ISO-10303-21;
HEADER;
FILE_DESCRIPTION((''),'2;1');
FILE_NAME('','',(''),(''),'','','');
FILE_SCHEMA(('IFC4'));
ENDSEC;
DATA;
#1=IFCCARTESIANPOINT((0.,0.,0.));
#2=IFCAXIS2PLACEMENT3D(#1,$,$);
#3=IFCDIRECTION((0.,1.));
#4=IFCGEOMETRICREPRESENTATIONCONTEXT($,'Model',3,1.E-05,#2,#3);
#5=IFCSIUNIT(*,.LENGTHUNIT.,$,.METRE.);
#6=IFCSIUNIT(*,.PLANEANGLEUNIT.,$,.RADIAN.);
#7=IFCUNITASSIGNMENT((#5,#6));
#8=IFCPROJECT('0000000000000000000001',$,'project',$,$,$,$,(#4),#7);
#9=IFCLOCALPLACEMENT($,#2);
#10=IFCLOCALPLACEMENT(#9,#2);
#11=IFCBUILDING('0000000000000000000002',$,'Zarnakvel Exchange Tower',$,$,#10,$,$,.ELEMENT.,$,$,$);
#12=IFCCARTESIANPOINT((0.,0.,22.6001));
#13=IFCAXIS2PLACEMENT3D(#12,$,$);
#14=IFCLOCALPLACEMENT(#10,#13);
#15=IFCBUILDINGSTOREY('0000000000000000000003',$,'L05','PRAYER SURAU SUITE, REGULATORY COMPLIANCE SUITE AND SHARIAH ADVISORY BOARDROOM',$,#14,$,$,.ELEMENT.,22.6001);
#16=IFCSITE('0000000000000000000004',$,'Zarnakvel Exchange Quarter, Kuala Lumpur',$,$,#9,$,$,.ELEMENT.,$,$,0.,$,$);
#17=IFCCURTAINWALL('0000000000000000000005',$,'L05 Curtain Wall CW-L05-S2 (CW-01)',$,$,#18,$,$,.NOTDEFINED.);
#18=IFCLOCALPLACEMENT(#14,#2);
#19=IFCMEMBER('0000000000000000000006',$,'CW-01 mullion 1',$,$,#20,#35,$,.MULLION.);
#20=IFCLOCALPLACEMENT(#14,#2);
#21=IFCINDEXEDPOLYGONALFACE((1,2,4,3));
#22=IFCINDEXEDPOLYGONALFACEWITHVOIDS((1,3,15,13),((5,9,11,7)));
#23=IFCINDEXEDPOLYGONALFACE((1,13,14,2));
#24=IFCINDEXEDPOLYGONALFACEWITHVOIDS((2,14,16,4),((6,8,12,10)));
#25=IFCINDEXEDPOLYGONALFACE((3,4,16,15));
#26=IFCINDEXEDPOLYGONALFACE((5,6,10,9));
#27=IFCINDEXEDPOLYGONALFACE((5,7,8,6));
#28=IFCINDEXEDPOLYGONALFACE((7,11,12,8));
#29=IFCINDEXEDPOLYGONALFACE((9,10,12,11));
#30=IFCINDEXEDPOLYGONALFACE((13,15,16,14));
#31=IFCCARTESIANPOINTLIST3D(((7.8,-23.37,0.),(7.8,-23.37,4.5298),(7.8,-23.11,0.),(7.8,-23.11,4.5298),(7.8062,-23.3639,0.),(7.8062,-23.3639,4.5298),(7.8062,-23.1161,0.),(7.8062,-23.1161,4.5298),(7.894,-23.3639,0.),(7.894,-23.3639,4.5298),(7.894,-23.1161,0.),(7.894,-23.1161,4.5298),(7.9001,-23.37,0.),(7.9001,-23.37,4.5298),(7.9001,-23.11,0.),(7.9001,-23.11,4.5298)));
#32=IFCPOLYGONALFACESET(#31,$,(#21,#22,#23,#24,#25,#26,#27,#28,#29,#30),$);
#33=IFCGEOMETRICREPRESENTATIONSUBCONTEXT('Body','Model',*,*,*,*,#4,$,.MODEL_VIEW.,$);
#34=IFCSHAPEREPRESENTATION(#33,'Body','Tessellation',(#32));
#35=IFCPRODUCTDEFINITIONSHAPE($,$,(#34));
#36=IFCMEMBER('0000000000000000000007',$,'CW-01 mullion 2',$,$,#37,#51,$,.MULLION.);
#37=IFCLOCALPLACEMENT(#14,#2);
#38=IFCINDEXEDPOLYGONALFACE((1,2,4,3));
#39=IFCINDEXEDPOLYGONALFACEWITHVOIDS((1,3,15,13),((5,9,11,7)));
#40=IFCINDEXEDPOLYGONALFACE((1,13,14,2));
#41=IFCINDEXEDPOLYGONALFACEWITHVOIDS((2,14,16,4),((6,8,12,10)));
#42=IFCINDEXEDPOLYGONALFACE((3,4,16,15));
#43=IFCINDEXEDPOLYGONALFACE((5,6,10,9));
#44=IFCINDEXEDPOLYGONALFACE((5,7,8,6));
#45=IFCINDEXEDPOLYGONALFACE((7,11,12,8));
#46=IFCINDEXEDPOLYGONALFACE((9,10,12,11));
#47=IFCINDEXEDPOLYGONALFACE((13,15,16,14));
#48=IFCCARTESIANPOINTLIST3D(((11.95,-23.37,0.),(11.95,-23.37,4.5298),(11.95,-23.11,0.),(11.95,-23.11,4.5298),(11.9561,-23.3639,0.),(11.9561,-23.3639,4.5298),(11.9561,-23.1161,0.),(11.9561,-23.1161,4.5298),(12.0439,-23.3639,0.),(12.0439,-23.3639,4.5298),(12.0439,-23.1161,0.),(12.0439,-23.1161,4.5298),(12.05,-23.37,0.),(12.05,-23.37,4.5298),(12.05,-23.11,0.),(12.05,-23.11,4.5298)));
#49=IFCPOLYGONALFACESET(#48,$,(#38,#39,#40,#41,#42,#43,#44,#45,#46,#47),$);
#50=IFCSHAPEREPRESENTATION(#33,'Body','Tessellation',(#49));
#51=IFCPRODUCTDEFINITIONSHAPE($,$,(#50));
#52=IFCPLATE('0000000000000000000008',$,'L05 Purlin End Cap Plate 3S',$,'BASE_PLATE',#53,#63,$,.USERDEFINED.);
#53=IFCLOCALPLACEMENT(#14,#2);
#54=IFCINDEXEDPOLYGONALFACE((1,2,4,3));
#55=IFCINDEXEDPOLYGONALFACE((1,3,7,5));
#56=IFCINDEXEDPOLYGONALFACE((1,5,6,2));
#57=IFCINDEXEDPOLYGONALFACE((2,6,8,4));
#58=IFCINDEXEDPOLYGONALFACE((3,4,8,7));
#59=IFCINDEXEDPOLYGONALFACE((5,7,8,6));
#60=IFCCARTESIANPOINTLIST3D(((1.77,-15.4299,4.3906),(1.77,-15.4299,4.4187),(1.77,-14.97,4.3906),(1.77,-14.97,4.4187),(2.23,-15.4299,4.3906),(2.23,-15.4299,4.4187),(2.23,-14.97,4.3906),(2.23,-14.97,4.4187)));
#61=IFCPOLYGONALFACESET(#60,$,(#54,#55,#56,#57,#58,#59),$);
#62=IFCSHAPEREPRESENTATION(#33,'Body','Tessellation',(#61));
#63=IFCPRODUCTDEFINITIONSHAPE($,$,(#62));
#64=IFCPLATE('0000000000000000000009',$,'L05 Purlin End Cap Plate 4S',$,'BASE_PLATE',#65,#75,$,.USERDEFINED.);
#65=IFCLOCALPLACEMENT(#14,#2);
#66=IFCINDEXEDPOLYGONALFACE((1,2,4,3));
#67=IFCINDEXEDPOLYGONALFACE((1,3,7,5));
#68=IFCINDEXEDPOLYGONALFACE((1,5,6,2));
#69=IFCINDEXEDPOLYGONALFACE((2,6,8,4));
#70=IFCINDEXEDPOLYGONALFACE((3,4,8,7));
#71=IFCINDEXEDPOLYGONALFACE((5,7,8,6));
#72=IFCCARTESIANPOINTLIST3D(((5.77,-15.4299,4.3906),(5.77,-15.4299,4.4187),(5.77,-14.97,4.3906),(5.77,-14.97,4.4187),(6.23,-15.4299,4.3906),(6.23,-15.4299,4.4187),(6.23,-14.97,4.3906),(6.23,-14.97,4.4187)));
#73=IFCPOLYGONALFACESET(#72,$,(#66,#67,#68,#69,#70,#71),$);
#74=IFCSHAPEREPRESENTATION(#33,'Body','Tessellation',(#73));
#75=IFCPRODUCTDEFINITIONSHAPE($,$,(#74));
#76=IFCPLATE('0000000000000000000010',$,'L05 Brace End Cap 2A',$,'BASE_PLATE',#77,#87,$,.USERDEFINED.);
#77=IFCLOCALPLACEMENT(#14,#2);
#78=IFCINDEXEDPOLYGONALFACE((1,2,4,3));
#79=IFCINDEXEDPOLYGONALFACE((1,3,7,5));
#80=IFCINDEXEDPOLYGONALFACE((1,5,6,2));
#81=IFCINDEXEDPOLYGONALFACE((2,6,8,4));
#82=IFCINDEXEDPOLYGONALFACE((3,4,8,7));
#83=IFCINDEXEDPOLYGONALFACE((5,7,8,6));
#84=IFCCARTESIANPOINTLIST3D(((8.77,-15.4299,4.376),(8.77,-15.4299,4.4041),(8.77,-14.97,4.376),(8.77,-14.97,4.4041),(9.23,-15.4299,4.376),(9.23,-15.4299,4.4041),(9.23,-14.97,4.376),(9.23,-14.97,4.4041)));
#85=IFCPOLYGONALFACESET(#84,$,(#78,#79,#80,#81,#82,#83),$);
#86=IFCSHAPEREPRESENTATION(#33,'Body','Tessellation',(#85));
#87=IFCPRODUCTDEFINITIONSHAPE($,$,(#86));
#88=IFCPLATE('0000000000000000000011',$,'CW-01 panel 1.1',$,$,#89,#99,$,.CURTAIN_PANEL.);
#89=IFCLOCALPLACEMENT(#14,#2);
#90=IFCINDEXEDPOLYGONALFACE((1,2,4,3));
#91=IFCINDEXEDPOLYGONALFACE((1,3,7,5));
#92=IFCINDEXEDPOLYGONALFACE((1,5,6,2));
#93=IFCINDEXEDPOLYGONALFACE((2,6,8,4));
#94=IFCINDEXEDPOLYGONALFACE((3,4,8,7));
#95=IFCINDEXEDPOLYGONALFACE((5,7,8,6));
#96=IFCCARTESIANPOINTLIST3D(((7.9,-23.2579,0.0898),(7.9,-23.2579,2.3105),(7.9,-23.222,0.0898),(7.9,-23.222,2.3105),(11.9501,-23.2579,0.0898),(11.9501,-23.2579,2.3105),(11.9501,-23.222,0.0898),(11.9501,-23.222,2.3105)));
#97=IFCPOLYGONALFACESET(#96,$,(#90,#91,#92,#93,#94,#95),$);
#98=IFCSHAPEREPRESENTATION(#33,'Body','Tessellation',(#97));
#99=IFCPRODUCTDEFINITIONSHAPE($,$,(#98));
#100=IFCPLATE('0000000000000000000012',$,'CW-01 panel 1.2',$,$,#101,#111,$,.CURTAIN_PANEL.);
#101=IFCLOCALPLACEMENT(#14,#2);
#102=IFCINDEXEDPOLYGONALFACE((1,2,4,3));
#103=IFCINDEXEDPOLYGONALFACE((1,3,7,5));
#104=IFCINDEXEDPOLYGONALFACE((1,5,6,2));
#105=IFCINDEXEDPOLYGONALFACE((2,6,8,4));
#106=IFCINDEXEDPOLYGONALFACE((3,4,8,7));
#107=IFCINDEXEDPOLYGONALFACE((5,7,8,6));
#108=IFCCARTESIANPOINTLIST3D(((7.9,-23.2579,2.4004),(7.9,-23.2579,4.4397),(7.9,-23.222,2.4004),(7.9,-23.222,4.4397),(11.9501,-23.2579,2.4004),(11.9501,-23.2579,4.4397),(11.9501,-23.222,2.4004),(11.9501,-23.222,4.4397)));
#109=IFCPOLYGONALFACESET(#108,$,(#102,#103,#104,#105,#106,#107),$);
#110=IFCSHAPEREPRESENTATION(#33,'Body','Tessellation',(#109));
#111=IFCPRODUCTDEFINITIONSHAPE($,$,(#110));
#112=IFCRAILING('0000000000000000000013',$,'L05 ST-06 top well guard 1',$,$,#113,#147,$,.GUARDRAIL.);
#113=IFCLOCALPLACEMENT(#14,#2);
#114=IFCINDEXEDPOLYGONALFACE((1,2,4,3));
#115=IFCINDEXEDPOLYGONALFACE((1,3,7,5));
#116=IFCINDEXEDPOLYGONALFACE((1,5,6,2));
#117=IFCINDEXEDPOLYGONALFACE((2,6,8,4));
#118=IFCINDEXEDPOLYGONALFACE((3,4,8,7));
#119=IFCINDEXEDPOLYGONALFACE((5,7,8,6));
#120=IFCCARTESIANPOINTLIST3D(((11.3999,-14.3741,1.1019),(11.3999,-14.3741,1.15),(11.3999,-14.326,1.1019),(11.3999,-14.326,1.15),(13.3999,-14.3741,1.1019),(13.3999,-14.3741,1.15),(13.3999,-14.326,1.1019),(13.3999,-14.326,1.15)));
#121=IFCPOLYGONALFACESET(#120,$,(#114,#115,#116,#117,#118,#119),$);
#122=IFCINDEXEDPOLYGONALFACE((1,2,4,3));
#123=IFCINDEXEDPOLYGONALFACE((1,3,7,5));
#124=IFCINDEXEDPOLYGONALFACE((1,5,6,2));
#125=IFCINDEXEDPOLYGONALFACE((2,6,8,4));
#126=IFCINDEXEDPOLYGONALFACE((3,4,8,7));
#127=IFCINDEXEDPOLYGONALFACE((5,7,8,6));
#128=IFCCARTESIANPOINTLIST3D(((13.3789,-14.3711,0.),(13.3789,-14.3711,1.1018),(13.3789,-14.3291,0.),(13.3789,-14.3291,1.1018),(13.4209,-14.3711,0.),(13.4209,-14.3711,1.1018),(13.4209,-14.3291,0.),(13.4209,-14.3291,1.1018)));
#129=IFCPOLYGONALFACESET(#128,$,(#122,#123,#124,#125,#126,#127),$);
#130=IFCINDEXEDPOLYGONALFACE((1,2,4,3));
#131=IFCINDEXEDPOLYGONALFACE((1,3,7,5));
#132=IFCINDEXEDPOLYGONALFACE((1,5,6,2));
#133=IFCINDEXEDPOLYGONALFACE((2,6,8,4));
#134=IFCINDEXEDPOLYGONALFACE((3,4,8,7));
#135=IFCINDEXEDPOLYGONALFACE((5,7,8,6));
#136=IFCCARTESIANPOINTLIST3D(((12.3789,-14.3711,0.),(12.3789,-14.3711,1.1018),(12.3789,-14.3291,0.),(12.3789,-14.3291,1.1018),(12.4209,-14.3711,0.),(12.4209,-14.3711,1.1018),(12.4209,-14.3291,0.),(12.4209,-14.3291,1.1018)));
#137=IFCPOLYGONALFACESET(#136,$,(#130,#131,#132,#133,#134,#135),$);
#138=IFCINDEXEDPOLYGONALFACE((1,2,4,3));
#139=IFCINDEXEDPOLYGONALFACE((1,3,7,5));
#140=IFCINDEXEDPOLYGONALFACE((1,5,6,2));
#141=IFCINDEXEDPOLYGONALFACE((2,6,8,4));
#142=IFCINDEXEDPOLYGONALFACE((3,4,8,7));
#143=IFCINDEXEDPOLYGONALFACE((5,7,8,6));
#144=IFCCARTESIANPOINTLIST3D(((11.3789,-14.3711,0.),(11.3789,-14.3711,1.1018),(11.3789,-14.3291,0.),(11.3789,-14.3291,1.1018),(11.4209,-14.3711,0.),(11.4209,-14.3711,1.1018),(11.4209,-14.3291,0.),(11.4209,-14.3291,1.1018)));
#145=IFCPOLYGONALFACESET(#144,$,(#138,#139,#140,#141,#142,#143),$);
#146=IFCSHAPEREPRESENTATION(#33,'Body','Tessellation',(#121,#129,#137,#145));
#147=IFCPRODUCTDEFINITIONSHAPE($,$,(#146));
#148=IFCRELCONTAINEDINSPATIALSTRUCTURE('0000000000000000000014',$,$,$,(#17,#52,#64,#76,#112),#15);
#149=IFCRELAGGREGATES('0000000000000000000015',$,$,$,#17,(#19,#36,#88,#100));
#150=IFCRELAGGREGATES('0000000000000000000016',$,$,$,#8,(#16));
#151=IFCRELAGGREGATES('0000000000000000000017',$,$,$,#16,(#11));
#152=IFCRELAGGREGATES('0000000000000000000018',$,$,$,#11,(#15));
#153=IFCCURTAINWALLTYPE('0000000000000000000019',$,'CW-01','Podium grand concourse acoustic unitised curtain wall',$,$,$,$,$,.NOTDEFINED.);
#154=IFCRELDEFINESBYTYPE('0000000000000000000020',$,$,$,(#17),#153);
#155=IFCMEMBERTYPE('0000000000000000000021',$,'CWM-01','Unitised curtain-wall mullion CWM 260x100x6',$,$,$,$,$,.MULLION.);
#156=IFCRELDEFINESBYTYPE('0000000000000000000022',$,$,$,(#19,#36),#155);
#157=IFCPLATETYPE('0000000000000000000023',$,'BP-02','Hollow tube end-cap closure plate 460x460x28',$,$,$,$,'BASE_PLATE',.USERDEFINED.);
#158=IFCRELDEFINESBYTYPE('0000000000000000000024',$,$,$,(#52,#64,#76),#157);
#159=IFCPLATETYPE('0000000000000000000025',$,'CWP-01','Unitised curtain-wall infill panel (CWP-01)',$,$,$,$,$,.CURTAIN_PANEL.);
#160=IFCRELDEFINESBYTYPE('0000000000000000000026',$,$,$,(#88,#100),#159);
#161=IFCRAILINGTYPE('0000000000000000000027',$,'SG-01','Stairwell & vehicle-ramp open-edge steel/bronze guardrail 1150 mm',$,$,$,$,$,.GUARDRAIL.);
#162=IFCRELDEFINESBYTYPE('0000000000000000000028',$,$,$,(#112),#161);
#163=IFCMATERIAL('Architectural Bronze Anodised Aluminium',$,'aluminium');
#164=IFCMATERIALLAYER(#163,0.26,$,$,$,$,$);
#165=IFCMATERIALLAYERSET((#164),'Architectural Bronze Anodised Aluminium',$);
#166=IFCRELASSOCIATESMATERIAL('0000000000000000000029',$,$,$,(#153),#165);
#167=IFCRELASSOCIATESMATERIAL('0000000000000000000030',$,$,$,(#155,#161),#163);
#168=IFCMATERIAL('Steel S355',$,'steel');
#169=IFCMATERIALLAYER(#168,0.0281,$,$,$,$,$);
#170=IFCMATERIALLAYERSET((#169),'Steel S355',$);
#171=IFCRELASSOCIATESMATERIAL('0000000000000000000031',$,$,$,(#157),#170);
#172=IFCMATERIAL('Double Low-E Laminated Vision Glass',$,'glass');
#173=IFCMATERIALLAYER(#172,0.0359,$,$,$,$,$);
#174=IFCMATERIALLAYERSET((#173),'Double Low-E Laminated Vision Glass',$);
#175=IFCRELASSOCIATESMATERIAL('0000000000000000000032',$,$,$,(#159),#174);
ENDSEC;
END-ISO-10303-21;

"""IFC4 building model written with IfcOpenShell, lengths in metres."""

from ifc_helpers import new_model, si_unit, direction, frame, origin, origin_2d, place, context, subcontext, project, spatial, rectangle, hollow_rectangle, extrude, source, transform, mapped, material, layer, layer_set, material_profile, profile_set, type_object, element, aggregate, save


model = new_model("IFC4")

# Units and contexts
model_context = context("Model", 3, precision=1e-05, world=origin(), true_north=direction((0.0, 1.0)))
body_context = subcontext(model_context, "Body", "Model", "MODEL_VIEW")
ifc_project = project(units=[si_unit("LENGTHUNIT", "METRE"), si_unit("PLANEANGLEUNIT", "RADIAN")], contexts=[model_context])

# Site, building, storey
site_placement = place(None, origin())
site = spatial("IfcSite", under=ifc_project, at=site_placement, Name="Zarnakvel Exchange Quarter, Kuala Lumpur", CompositionType="ELEMENT", RefElevation=0.0)
building_placement = place(site_placement, origin())
building = spatial("IfcBuilding", under=site, at=building_placement, Name="Zarnakvel Exchange Tower", CompositionType="ELEMENT")
storey_placement = place(building_placement, frame((0.0, 0.0, 22.6001)))
storey = spatial("IfcBuildingStorey", under=building, at=storey_placement, Name="L05", Description="PRAYER SURAU SUITE, REGULATORY COMPLIANCE SUITE AND SHARIAH ADVISORY BOARDROOM", CompositionType="ELEMENT", Elevation=22.6001)

# Shared definitions
ifc_material_1 = material(Name="Steel S355", Category="steel")

# Curtain wall, members
ifc_material_2 = material(Name="Architectural Bronze Anodised Aluminium", Category="aluminium")
ifc_layer_1 = layer(ifc_material_2, 0.26)
ifc_layer_set_1 = layer_set([ifc_layer_1], Name="Architectural Bronze Anodised Aluminium")
curtain_wall_type = type_object("IfcCurtainWallType", Name="CW-01", Description="Podium grand concourse acoustic unitised curtain wall", PredefinedType="NOTDEFINED", material=ifc_layer_set_1)
curtain_wall_placement = place(storey_placement, origin())
curtain_wall = element("IfcCurtainWall", 1, at=curtain_wall_placement, inside=storey, type_object=curtain_wall_type, Name="L05 Curtain Wall CW-L05-S2 (CW-01)", PredefinedType="NOTDEFINED")
ifc_material_profile_1 = material_profile(ifc_material_2, hollow_rectangle(XDim=0.26, YDim=0.1001, WallThickness=0.0061, at=origin_2d()))
ifc_profile_set_1 = profile_set([ifc_material_profile_1], Name="Architectural Bronze Anodised Aluminium")
member_type_1 = type_object("IfcMemberType", Name="CWM-01", Description="Unitised curtain-wall mullion CWM 260x100x6", PredefinedType="MULLION", material=ifc_profile_set_1)
shared_shape_1 = source(origin(), body_context, "Body", "SweptSolid", [
    extrude(hollow_rectangle(XDim=0.26, YDim=0.1001, WallThickness=0.0061, at=origin_2d()), origin(), (0.0, 0.0, 1.0), 4.5298),
])
member_1_placement = place(storey_placement, frame((7.8501, -23.24, 0.0), z_axis=(0.0, 0.0, 1.0), x_axis=(0.0, 1.0, 0.0)))
member_1 = element("IfcMember", 2, at=member_1_placement, type_object=member_type_1, Name="CW-01 mullion 1", PredefinedType="MULLION", context=body_context, shape_type="MappedRepresentation", body=[
    mapped(shared_shape_1, transform((0.0, 0.0, 0.0), x_axis=(1.0, 0.0, 0.0), y_axis=(0.0, 1.0, 0.0), z_axis=(0.0, 0.0, 1.0), scale=1.0)),
])
member_2_placement = place(storey_placement, frame((12.0, -23.24, 0.0), z_axis=(0.0, 0.0, 1.0), x_axis=(0.0, 1.0, 0.0)))
member_2 = element("IfcMember", 3, at=member_2_placement, type_object=member_type_1, Name="CW-01 mullion 2", PredefinedType="MULLION", context=body_context, shape_type="MappedRepresentation", body=[
    mapped(shared_shape_1, transform((0.0, 0.0, 0.0), x_axis=(1.0, 0.0, 0.0), y_axis=(0.0, 1.0, 0.0), z_axis=(0.0, 0.0, 1.0), scale=1.0)),
])

# Plates
ifc_layer_2 = layer(ifc_material_1, 0.0281)
ifc_layer_set_2 = layer_set([ifc_layer_2], Name="Steel S355")
plate_type_1 = type_object("IfcPlateType", Name="BP-02", Description="Hollow tube end-cap closure plate 460x460x28", ElementType="BASE_PLATE", PredefinedType="USERDEFINED", material=ifc_layer_set_2)
shared_shape_2 = source(origin(), body_context, "Body", "SweptSolid", [
    extrude(rectangle(XDim=0.46, YDim=0.46, at=origin_2d()), origin(), (0.0, 0.0, 1.0), 0.0281),
])
for number, where, z_axis, x_axis, name in (
    (4, (2.0, -15.2, 4.3906), (0.0, 0.0, 1.0), (1.0, 0.0, 0.0), "L05 Purlin End Cap Plate 3S"),
    (5, (6.0, -15.2, 4.3906), (0.0, 0.0, 1.0), (1.0, 0.0, 0.0), "L05 Purlin End Cap Plate 4S"),
    (6, (9.0, -15.2, 4.376), (0.0, 0.0, 1.0), (1.0, 0.0, 0.0), "L05 Brace End Cap 2A"),
):
    element("IfcPlate", number, at=place(storey_placement, frame(where, z_axis=z_axis, x_axis=x_axis)), inside=storey, type_object=plate_type_1, Name=name, ObjectType="BASE_PLATE", PredefinedType="USERDEFINED", context=body_context, shape_type="MappedRepresentation", body=[
        mapped(shared_shape_2, transform((0.0, 0.0, 0.0), x_axis=(1.0, 0.0, 0.0), y_axis=(0.0, 1.0, 0.0), z_axis=(0.0, 0.0, 1.0), scale=1.0)),
    ])

# Plates
ifc_material_3 = material(Name="Double Low-E Laminated Vision Glass", Category="glass")
ifc_layer_3 = layer(ifc_material_3, 0.0359)
ifc_layer_set_3 = layer_set([ifc_layer_3], Name="Double Low-E Laminated Vision Glass")
plate_type_2 = type_object("IfcPlateType", Name="CWP-01", Description="Unitised curtain-wall infill panel (CWP-01)", PredefinedType="CURTAIN_PANEL", material=ifc_layer_set_3)
shared_shape_3 = source(origin(), body_context, "Body", "SweptSolid", [
    extrude(rectangle(XDim=4.05, YDim=0.0359, at=origin_2d()), origin(), (0.0, 0.0, 1.0), 2.2207),
])
plate_1_placement = place(storey_placement, frame((9.925, -23.24, 0.0898), z_axis=(0.0, 0.0, 1.0), x_axis=(1.0, 0.0, 0.0)))
plate_1 = element("IfcPlate", 7, at=plate_1_placement, type_object=plate_type_2, Name="CW-01 panel 1.1", PredefinedType="CURTAIN_PANEL", context=body_context, shape_type="MappedRepresentation", body=[
    mapped(shared_shape_3, transform((0.0, 0.0, 0.0), x_axis=(1.0, 0.0, 0.0), y_axis=(0.0, 1.0, 0.0), z_axis=(0.0, 0.0, 1.0), scale=1.0)),
])
shared_shape_4 = source(origin(), body_context, "Body", "SweptSolid", [
    extrude(rectangle(XDim=4.05, YDim=0.0359, at=origin_2d()), origin(), (0.0, 0.0, 1.0), 2.0393),
])
plate_2_placement = place(storey_placement, frame((9.925, -23.24, 2.4004), z_axis=(0.0, 0.0, 1.0), x_axis=(1.0, 0.0, 0.0)))
plate_2 = element("IfcPlate", 8, at=plate_2_placement, type_object=plate_type_2, Name="CW-01 panel 1.2", PredefinedType="CURTAIN_PANEL", context=body_context, shape_type="MappedRepresentation", body=[
    mapped(shared_shape_4, transform((0.0, 0.0, 0.0), x_axis=(1.0, 0.0, 0.0), y_axis=(0.0, 1.0, 0.0), z_axis=(0.0, 0.0, 1.0), scale=1.0)),
])
aggregate(curtain_wall, [member_1, member_2, plate_1, plate_2])

# Railing
railing_type = type_object("IfcRailingType", Name="SG-01", Description="Stairwell & vehicle-ramp open-edge steel/bronze guardrail 1150 mm", PredefinedType="GUARDRAIL", material=ifc_material_2)
railing_1_placement = place(storey_placement, frame((13.3999, -14.3501, 0.0)))
element("IfcRailing", 9, at=railing_1_placement, inside=storey, type_object=railing_type, Name="L05 ST-06 top well guard 1", PredefinedType="GUARDRAIL", context=body_context, shape_type="SweptSolid", body=[
    extrude(rectangle(XDim=0.0481, YDim=0.0481, at=origin_2d()), frame((0.0, 0.0, 1.126), z_axis=(-1.0, 0.0, 0.0), x_axis=(0.0, -1.0, 0.0)), (0.0, 0.0, 1.0), 2.0),
    extrude(rectangle(XDim=0.042, YDim=0.042, at=origin_2d()), origin(), (0.0, 0.0, 1.0), 1.1018),
    extrude(rectangle(XDim=0.042, YDim=0.042, at=origin_2d()), frame((-1.0, 0.0, 0.0)), (0.0, 0.0, 1.0), 1.1018),
    extrude(rectangle(XDim=0.042, YDim=0.042, at=origin_2d()), frame((-2.0, 0.0, 0.0)), (0.0, 0.0, 1.0), 1.1018),
])

save(model, "model.ifc")
